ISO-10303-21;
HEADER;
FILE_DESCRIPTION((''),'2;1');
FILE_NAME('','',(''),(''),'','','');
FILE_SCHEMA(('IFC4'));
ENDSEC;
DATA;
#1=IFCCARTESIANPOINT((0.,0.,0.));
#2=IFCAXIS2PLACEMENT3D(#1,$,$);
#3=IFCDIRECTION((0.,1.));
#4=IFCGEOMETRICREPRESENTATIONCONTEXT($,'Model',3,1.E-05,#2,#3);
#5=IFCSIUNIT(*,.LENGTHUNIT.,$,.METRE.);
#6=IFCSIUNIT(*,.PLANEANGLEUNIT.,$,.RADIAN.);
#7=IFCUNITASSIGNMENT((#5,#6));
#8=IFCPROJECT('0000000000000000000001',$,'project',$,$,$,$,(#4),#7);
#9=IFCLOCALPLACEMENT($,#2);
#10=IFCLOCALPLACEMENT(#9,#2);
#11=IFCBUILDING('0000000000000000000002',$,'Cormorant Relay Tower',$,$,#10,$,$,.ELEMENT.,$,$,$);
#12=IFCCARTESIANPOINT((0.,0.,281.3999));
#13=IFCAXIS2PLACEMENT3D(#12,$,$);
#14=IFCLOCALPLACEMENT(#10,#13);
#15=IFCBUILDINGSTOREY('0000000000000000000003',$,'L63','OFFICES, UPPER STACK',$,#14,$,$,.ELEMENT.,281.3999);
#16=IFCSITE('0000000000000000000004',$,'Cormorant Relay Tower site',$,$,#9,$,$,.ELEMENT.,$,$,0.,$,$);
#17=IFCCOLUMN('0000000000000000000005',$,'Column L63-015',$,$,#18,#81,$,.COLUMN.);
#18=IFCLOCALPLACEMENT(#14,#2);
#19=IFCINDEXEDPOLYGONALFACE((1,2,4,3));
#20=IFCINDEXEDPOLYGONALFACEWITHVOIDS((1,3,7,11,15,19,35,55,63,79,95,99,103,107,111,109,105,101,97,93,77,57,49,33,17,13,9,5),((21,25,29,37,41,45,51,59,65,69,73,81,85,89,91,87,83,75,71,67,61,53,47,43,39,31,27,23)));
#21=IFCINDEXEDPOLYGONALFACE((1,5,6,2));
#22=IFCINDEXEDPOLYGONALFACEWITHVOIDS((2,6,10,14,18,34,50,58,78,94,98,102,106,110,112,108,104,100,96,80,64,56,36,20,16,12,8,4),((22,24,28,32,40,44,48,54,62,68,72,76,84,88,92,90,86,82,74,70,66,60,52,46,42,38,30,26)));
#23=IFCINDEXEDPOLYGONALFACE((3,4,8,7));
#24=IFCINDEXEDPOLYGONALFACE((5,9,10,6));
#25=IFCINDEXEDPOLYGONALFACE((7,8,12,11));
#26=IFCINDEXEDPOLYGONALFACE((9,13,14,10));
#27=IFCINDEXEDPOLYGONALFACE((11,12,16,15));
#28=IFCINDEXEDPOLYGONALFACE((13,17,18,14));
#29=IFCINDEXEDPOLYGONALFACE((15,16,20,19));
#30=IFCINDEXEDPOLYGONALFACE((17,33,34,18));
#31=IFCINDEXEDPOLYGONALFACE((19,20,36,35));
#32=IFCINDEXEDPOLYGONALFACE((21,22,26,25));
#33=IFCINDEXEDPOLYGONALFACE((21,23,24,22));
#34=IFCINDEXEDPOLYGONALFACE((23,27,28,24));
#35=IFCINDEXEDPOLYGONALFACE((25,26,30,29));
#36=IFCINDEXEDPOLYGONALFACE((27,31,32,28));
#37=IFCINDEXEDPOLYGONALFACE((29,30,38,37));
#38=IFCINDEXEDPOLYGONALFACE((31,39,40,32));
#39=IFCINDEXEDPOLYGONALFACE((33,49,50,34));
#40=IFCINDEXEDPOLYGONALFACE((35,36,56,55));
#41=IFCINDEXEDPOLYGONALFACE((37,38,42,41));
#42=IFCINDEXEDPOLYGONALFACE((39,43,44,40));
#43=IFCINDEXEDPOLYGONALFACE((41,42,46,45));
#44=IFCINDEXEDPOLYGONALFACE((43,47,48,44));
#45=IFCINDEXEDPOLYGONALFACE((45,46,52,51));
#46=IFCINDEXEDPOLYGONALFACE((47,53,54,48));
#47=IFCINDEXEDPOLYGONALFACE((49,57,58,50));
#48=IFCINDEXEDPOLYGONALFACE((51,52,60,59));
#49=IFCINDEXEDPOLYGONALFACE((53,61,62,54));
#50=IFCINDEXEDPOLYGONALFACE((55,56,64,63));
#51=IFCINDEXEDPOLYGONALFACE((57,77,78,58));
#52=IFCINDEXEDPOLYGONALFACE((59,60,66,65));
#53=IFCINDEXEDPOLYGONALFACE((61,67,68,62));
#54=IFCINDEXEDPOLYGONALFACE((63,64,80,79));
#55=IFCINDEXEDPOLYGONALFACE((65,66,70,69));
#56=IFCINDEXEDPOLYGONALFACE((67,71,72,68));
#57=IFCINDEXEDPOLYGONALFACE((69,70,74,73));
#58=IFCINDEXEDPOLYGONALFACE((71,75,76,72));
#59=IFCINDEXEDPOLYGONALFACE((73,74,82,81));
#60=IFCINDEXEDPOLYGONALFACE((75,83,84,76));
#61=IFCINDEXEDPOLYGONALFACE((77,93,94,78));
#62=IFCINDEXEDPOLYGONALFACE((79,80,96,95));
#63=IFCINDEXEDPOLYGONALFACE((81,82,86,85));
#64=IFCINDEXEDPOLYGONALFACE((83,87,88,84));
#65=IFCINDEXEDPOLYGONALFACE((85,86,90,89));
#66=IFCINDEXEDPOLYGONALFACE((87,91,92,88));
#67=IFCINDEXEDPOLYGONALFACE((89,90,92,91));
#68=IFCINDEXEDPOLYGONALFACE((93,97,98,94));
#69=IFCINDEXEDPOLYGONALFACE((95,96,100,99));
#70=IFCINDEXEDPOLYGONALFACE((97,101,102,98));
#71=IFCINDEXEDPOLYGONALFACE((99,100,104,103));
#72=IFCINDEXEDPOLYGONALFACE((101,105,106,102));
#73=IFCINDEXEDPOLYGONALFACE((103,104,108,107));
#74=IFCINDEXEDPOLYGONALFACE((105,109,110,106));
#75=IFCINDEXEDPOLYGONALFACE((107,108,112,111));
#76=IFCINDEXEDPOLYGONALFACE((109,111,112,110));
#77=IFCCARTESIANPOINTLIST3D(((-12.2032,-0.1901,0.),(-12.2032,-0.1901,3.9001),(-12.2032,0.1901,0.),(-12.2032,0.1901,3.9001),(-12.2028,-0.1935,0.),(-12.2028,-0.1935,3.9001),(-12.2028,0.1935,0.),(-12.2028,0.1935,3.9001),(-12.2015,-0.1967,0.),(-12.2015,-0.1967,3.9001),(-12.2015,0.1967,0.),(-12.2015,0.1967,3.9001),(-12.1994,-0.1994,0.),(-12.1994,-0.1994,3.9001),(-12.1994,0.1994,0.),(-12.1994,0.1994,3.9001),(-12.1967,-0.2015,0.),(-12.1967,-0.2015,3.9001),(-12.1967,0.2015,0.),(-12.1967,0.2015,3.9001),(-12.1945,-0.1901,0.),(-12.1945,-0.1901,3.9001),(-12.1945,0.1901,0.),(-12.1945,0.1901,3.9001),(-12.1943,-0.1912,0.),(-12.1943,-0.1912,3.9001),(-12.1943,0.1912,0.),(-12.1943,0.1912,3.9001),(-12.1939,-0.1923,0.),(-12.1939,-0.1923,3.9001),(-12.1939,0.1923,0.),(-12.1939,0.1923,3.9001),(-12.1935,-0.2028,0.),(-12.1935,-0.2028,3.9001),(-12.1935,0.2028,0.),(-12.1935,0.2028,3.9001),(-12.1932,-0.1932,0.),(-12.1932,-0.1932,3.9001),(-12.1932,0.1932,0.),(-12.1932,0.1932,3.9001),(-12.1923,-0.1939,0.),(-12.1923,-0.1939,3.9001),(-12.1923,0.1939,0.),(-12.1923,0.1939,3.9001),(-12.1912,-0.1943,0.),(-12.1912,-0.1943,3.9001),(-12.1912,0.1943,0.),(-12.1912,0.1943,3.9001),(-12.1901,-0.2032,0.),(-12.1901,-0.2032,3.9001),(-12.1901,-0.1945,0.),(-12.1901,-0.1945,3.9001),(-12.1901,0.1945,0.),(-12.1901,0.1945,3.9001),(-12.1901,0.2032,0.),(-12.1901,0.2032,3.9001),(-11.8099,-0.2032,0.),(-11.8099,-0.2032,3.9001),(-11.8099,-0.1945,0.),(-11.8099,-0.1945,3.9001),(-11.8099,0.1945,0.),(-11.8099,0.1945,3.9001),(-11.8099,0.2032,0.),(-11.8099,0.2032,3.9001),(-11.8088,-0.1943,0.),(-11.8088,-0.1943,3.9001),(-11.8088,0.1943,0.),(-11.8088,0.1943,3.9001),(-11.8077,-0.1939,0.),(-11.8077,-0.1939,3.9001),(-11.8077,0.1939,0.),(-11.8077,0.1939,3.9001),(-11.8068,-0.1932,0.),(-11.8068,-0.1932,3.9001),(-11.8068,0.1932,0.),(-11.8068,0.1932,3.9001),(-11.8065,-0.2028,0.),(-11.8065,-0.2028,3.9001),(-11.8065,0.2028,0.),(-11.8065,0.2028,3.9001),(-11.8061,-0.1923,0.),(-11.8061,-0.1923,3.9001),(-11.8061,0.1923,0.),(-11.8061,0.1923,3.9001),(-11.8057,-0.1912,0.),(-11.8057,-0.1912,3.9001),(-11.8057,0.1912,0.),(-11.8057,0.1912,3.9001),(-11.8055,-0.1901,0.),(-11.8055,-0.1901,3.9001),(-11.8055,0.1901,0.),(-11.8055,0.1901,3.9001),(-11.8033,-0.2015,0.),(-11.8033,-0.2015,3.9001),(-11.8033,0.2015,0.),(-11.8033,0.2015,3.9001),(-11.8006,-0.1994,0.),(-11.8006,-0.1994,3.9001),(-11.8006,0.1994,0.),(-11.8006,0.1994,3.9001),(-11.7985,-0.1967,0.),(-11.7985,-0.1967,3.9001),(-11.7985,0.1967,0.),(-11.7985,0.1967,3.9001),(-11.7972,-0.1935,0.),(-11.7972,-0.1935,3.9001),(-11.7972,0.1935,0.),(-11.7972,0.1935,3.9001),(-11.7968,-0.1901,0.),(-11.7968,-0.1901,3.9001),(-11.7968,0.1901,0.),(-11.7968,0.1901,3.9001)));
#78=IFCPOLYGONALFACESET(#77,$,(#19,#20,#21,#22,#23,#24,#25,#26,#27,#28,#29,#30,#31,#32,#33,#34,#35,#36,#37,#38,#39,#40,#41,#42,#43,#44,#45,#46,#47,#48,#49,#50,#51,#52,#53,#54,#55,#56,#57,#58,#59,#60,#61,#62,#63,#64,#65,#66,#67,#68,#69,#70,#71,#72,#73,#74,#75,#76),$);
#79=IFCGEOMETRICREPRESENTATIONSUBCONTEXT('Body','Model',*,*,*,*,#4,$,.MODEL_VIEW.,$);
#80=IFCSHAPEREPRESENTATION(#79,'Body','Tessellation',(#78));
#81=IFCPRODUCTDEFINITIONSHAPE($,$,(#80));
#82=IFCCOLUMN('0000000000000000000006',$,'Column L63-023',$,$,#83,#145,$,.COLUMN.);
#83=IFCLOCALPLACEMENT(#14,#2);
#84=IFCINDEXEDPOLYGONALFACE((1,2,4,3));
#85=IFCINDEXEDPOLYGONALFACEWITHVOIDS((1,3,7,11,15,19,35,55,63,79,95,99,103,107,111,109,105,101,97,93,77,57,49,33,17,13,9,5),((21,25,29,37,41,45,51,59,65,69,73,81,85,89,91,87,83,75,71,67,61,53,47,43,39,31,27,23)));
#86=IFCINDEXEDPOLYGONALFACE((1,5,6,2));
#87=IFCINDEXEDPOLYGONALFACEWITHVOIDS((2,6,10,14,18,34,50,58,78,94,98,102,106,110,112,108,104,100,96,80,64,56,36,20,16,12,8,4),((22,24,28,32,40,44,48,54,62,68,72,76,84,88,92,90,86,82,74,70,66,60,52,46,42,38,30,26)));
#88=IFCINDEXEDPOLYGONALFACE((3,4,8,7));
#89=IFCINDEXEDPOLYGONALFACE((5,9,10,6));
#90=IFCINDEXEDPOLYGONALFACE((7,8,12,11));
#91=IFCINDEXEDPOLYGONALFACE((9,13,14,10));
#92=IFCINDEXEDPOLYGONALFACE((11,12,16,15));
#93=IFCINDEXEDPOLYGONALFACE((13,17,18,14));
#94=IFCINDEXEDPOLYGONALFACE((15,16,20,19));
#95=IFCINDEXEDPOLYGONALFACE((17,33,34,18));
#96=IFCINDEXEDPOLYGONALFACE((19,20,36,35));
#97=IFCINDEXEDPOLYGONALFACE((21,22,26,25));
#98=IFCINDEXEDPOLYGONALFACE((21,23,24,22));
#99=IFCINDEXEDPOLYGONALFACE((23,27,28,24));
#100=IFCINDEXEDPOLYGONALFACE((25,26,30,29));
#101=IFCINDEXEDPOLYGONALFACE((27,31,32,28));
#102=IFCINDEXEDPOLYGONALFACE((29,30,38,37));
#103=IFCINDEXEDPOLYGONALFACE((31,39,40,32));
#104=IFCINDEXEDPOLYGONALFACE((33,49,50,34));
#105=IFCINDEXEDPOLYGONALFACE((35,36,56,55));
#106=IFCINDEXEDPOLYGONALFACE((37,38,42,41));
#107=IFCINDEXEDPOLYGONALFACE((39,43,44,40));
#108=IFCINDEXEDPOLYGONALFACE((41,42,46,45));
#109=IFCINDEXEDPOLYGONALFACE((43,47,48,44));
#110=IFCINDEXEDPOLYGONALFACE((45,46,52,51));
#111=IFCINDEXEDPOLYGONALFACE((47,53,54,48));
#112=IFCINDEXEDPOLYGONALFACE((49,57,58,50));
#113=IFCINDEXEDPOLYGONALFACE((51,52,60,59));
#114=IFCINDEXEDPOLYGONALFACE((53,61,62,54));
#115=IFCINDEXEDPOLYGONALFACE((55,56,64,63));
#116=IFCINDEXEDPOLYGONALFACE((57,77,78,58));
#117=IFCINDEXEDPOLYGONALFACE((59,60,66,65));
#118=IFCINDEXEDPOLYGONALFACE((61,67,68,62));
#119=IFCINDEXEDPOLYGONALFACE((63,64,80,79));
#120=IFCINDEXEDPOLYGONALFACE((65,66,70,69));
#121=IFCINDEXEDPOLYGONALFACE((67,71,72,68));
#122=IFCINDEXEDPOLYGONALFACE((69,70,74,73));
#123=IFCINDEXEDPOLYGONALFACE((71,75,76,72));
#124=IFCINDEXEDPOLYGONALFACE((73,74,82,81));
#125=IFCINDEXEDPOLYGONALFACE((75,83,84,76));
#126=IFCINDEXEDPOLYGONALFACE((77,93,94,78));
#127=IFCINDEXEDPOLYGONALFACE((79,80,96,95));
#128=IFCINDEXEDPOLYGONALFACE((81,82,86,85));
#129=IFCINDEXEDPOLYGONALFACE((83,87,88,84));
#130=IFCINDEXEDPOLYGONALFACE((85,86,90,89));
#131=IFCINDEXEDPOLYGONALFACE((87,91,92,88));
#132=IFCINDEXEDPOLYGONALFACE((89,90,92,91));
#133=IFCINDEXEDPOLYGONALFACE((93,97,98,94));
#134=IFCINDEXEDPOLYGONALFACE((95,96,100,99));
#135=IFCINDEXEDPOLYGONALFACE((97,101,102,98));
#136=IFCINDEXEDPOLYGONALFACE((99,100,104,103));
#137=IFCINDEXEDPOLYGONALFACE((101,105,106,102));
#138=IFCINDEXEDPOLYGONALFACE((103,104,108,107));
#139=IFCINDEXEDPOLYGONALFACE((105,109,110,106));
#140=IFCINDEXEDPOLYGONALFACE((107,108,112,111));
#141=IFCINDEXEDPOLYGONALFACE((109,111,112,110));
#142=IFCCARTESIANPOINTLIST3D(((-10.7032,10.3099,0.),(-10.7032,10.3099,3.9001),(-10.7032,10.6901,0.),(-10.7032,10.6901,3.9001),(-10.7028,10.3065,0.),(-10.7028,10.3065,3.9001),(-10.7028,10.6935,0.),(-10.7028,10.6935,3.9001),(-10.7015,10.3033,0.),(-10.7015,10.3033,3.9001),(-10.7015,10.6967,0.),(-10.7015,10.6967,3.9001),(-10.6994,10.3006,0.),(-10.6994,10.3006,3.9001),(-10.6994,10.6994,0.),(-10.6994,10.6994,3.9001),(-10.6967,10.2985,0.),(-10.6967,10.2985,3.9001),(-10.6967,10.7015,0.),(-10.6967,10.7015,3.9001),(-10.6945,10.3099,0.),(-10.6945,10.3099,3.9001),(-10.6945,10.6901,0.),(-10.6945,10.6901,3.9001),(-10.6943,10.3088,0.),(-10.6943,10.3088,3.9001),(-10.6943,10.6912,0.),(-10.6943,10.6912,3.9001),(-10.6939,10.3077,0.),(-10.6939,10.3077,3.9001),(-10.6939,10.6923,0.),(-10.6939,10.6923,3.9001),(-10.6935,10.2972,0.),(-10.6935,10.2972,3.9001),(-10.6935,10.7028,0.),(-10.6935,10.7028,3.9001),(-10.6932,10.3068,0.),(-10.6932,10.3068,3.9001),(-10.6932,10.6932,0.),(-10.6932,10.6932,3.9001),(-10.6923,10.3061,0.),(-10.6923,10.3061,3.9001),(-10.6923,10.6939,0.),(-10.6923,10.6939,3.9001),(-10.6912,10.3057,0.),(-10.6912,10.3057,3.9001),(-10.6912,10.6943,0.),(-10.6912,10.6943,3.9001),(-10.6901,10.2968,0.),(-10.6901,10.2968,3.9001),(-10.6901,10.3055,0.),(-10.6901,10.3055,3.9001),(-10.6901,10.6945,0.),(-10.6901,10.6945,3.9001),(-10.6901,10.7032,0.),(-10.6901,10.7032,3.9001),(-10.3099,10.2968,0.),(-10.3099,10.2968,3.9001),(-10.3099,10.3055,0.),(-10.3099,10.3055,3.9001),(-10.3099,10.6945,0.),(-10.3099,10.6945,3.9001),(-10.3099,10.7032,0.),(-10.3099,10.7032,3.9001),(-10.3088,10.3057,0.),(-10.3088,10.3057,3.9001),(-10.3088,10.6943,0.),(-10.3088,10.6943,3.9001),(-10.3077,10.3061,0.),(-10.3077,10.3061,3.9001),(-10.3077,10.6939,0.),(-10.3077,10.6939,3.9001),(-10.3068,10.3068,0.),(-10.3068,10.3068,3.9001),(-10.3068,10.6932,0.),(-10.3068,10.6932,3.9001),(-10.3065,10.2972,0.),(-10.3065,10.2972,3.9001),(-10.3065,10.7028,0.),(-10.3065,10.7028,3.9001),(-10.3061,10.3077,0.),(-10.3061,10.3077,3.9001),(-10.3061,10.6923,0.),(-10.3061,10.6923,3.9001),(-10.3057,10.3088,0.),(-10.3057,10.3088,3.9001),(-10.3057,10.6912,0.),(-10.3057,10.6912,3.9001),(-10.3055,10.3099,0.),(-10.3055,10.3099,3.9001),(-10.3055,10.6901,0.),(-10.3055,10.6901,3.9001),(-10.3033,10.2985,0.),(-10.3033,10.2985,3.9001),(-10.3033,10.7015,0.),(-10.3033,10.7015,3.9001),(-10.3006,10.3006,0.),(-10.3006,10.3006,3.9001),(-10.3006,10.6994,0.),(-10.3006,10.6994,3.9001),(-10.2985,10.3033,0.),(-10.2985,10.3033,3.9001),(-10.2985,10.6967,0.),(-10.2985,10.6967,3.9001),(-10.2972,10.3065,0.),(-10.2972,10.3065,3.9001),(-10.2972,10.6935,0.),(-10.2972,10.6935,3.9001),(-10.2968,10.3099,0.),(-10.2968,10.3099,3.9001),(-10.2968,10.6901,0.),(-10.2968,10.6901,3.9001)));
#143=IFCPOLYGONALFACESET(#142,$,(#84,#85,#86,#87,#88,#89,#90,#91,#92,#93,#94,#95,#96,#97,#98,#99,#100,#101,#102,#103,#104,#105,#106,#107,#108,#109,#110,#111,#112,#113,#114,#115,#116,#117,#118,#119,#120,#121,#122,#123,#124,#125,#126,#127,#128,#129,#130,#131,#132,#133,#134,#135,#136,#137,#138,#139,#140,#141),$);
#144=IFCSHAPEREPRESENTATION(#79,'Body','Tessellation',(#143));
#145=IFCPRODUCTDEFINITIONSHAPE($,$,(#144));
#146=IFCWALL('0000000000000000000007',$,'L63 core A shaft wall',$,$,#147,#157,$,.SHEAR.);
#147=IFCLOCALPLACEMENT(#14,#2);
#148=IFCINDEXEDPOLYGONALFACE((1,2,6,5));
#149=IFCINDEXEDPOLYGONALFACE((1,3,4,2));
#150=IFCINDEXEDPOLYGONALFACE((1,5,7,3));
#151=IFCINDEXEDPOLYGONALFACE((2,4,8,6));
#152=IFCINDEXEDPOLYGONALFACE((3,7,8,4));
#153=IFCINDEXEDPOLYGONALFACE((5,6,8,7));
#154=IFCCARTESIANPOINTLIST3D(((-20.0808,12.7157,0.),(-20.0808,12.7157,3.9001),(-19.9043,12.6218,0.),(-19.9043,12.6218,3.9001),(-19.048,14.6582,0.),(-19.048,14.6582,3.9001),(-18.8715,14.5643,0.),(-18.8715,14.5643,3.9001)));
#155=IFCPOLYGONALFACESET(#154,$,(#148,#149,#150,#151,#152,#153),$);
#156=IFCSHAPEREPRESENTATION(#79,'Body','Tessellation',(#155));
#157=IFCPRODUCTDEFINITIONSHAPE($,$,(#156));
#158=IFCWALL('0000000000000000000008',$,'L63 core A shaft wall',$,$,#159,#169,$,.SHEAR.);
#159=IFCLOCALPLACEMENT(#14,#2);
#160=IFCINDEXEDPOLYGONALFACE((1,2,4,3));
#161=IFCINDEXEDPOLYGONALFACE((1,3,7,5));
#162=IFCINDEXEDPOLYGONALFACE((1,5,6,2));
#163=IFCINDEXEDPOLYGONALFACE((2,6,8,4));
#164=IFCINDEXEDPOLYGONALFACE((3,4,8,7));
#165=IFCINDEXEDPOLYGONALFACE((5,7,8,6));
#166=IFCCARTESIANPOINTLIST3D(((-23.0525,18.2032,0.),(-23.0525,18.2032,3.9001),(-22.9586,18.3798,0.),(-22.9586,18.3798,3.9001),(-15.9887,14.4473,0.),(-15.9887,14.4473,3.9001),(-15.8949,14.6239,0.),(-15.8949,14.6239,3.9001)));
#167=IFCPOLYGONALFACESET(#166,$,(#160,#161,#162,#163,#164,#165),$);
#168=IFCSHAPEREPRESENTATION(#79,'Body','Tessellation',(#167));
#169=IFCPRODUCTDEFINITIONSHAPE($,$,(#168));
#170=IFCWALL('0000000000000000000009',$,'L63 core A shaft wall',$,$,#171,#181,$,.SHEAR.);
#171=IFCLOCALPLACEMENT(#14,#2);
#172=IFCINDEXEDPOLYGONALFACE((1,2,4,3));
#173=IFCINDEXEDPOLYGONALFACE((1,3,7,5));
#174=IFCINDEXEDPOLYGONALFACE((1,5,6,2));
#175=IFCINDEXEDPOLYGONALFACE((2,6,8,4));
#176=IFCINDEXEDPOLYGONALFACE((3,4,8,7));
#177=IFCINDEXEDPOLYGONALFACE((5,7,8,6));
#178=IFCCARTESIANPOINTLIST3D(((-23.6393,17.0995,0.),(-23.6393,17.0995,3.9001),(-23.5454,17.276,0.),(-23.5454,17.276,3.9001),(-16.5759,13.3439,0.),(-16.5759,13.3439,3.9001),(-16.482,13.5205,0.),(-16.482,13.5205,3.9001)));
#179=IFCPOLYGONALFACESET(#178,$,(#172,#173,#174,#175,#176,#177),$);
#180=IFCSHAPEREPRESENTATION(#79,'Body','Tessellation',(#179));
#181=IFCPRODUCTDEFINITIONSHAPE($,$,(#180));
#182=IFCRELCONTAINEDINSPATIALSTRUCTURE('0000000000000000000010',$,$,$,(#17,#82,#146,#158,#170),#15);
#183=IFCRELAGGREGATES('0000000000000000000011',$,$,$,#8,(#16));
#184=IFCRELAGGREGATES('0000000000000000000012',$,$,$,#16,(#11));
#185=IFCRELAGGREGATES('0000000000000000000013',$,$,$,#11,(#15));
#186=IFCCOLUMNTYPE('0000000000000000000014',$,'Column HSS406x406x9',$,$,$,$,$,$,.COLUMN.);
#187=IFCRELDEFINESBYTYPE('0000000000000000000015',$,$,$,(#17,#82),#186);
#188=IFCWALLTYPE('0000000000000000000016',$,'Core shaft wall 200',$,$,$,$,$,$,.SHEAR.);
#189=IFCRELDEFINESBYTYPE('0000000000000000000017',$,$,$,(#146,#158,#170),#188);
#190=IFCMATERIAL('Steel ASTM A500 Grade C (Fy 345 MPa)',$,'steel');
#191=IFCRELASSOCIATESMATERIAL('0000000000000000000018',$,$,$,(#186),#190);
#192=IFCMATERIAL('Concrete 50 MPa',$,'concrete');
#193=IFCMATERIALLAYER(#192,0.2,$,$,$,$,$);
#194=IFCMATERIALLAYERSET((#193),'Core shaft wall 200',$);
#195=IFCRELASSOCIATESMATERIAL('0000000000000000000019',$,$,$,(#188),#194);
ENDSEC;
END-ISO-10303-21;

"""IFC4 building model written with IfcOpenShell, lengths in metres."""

from ifc_helpers import new_model, si_unit, direction, frame, frame_2d, origin, origin_2d, place, context, subcontext, project, spatial, rectangle, hollow_rectangle, extrude, material, layer, layer_set, material_profile, profile_set, type_object, element, save


model = new_model("IFC4")

# Units and contexts
model_context = context("Model", 3, precision=1e-05, world=origin(), true_north=direction((0.0, 1.0)))
body_context = subcontext(model_context, "Body", "Model", "MODEL_VIEW")
ifc_project = project(units=[si_unit("LENGTHUNIT", "METRE"), si_unit("PLANEANGLEUNIT", "RADIAN")], contexts=[model_context])

# Site, building, storey
site_placement = place(None, origin())
site = spatial("IfcSite", under=ifc_project, at=site_placement, Name="Cormorant Relay Tower site", CompositionType="ELEMENT", RefElevation=0.0)
building_placement = place(site_placement, origin())
building = spatial("IfcBuilding", under=site, at=building_placement, Name="Cormorant Relay Tower", CompositionType="ELEMENT")
storey_placement = place(building_placement, frame((0.0, 0.0, 281.3999)))
storey = spatial("IfcBuildingStorey", under=building, at=storey_placement, Name="L63", Description="OFFICES, UPPER STACK", CompositionType="ELEMENT", Elevation=281.3999)

# Columns
ifc_material_1 = material(Name="Steel ASTM A500 Grade C (Fy 345 MPa)", Category="steel")
ifc_material_profile = material_profile(ifc_material_1, hollow_rectangle(XDim=0.4065, YDim=0.4065, WallThickness=0.0088, InnerFilletRadius=0.0044, OuterFilletRadius=0.0132, at=origin_2d()), Name="HSS406x406x9")
ifc_profile_set = profile_set([ifc_material_profile], Name="Steel ASTM A500 Grade C (Fy 345 MPa)")
column_type = type_object("IfcColumnType", Name="Column HSS406x406x9", PredefinedType="COLUMN", material=ifc_profile_set)
for number, where, z_axis, x_axis, name in (
    (1, (-12.0, 0.0, 0.0), (0.0, 0.0, 1.0), (1.0, 0.0, 0.0), "Column L63-015"),
    (2, (-10.5, 10.5, 0.0), (0.0, 0.0, 1.0), (1.0, 0.0, 0.0), "Column L63-023"),
):
    element("IfcColumn", number, at=place(storey_placement, frame(where, z_axis=z_axis, x_axis=x_axis)), inside=storey, type_object=column_type, Name=name, PredefinedType="COLUMN", context=body_context, shape_type="SweptSolid", body=[
        extrude(hollow_rectangle(XDim=0.4065, YDim=0.4065, WallThickness=0.0088, InnerFilletRadius=0.0044, OuterFilletRadius=0.0132, at=origin_2d()), origin(), (0.0, 0.0, 1.0), 3.9001),
    ])

# Walls
ifc_material_2 = material(Name="Concrete 50 MPa", Category="concrete")
ifc_layer_1 = layer(ifc_material_2, 0.2)
ifc_layer_set_1 = layer_set([ifc_layer_1], Name="Core shaft wall 200")
wall_type_1 = type_object("IfcWallType", Name="Core shaft wall 200", PredefinedType="SHEAR", material=ifc_layer_set_1)
wall_1_placement = place(storey_placement, frame((-18.9597, 14.6113, 0.0), z_axis=(0.0, 0.0, 1.0), x_axis=(-0.469447, -0.88296, 0.0)))
element("IfcWall", 3, at=wall_1_placement, inside=storey, type_object=wall_type_1, Name="L63 core A shaft wall", PredefinedType="SHEAR", context=body_context, shape_type="SweptSolid", body=[
    extrude(rectangle(XDim=2.2, YDim=0.2, at=frame_2d((1.1001, 0.0))), origin(), (0.0, 0.0, 1.0), 3.9001),
])
wall_2_placement = place(storey_placement, frame((-15.9419, 14.5356, 0.0), z_axis=(0.0, 0.0, 1.0), x_axis=(-0.882947, 0.469473, 0.0)))
element("IfcWall", 4, at=wall_2_placement, inside=storey, type_object=wall_type_1, Name="L63 core A shaft wall", PredefinedType="SHEAR", context=body_context, shape_type="SweptSolid", body=[
    extrude(rectangle(XDim=8.0002, YDim=0.2, at=frame_2d((4.0, 0.0))), origin(), (0.0, 0.0, 1.0), 3.9001),
])
wall_3_placement = place(storey_placement, frame((-16.5288, 13.4321, 0.0), z_axis=(0.0, 0.0, 1.0), x_axis=(-0.882953, 0.469462, 0.0)))
element("IfcWall", 5, at=wall_3_placement, inside=storey, type_object=wall_type_1, Name="L63 core A shaft wall", PredefinedType="SHEAR", context=body_context, shape_type="SweptSolid", body=[
    extrude(rectangle(XDim=7.9998, YDim=0.2, at=frame_2d((4.0, 0.0))), origin(), (0.0, 0.0, 1.0), 3.9001),
])

save(model, "model.ifc")
